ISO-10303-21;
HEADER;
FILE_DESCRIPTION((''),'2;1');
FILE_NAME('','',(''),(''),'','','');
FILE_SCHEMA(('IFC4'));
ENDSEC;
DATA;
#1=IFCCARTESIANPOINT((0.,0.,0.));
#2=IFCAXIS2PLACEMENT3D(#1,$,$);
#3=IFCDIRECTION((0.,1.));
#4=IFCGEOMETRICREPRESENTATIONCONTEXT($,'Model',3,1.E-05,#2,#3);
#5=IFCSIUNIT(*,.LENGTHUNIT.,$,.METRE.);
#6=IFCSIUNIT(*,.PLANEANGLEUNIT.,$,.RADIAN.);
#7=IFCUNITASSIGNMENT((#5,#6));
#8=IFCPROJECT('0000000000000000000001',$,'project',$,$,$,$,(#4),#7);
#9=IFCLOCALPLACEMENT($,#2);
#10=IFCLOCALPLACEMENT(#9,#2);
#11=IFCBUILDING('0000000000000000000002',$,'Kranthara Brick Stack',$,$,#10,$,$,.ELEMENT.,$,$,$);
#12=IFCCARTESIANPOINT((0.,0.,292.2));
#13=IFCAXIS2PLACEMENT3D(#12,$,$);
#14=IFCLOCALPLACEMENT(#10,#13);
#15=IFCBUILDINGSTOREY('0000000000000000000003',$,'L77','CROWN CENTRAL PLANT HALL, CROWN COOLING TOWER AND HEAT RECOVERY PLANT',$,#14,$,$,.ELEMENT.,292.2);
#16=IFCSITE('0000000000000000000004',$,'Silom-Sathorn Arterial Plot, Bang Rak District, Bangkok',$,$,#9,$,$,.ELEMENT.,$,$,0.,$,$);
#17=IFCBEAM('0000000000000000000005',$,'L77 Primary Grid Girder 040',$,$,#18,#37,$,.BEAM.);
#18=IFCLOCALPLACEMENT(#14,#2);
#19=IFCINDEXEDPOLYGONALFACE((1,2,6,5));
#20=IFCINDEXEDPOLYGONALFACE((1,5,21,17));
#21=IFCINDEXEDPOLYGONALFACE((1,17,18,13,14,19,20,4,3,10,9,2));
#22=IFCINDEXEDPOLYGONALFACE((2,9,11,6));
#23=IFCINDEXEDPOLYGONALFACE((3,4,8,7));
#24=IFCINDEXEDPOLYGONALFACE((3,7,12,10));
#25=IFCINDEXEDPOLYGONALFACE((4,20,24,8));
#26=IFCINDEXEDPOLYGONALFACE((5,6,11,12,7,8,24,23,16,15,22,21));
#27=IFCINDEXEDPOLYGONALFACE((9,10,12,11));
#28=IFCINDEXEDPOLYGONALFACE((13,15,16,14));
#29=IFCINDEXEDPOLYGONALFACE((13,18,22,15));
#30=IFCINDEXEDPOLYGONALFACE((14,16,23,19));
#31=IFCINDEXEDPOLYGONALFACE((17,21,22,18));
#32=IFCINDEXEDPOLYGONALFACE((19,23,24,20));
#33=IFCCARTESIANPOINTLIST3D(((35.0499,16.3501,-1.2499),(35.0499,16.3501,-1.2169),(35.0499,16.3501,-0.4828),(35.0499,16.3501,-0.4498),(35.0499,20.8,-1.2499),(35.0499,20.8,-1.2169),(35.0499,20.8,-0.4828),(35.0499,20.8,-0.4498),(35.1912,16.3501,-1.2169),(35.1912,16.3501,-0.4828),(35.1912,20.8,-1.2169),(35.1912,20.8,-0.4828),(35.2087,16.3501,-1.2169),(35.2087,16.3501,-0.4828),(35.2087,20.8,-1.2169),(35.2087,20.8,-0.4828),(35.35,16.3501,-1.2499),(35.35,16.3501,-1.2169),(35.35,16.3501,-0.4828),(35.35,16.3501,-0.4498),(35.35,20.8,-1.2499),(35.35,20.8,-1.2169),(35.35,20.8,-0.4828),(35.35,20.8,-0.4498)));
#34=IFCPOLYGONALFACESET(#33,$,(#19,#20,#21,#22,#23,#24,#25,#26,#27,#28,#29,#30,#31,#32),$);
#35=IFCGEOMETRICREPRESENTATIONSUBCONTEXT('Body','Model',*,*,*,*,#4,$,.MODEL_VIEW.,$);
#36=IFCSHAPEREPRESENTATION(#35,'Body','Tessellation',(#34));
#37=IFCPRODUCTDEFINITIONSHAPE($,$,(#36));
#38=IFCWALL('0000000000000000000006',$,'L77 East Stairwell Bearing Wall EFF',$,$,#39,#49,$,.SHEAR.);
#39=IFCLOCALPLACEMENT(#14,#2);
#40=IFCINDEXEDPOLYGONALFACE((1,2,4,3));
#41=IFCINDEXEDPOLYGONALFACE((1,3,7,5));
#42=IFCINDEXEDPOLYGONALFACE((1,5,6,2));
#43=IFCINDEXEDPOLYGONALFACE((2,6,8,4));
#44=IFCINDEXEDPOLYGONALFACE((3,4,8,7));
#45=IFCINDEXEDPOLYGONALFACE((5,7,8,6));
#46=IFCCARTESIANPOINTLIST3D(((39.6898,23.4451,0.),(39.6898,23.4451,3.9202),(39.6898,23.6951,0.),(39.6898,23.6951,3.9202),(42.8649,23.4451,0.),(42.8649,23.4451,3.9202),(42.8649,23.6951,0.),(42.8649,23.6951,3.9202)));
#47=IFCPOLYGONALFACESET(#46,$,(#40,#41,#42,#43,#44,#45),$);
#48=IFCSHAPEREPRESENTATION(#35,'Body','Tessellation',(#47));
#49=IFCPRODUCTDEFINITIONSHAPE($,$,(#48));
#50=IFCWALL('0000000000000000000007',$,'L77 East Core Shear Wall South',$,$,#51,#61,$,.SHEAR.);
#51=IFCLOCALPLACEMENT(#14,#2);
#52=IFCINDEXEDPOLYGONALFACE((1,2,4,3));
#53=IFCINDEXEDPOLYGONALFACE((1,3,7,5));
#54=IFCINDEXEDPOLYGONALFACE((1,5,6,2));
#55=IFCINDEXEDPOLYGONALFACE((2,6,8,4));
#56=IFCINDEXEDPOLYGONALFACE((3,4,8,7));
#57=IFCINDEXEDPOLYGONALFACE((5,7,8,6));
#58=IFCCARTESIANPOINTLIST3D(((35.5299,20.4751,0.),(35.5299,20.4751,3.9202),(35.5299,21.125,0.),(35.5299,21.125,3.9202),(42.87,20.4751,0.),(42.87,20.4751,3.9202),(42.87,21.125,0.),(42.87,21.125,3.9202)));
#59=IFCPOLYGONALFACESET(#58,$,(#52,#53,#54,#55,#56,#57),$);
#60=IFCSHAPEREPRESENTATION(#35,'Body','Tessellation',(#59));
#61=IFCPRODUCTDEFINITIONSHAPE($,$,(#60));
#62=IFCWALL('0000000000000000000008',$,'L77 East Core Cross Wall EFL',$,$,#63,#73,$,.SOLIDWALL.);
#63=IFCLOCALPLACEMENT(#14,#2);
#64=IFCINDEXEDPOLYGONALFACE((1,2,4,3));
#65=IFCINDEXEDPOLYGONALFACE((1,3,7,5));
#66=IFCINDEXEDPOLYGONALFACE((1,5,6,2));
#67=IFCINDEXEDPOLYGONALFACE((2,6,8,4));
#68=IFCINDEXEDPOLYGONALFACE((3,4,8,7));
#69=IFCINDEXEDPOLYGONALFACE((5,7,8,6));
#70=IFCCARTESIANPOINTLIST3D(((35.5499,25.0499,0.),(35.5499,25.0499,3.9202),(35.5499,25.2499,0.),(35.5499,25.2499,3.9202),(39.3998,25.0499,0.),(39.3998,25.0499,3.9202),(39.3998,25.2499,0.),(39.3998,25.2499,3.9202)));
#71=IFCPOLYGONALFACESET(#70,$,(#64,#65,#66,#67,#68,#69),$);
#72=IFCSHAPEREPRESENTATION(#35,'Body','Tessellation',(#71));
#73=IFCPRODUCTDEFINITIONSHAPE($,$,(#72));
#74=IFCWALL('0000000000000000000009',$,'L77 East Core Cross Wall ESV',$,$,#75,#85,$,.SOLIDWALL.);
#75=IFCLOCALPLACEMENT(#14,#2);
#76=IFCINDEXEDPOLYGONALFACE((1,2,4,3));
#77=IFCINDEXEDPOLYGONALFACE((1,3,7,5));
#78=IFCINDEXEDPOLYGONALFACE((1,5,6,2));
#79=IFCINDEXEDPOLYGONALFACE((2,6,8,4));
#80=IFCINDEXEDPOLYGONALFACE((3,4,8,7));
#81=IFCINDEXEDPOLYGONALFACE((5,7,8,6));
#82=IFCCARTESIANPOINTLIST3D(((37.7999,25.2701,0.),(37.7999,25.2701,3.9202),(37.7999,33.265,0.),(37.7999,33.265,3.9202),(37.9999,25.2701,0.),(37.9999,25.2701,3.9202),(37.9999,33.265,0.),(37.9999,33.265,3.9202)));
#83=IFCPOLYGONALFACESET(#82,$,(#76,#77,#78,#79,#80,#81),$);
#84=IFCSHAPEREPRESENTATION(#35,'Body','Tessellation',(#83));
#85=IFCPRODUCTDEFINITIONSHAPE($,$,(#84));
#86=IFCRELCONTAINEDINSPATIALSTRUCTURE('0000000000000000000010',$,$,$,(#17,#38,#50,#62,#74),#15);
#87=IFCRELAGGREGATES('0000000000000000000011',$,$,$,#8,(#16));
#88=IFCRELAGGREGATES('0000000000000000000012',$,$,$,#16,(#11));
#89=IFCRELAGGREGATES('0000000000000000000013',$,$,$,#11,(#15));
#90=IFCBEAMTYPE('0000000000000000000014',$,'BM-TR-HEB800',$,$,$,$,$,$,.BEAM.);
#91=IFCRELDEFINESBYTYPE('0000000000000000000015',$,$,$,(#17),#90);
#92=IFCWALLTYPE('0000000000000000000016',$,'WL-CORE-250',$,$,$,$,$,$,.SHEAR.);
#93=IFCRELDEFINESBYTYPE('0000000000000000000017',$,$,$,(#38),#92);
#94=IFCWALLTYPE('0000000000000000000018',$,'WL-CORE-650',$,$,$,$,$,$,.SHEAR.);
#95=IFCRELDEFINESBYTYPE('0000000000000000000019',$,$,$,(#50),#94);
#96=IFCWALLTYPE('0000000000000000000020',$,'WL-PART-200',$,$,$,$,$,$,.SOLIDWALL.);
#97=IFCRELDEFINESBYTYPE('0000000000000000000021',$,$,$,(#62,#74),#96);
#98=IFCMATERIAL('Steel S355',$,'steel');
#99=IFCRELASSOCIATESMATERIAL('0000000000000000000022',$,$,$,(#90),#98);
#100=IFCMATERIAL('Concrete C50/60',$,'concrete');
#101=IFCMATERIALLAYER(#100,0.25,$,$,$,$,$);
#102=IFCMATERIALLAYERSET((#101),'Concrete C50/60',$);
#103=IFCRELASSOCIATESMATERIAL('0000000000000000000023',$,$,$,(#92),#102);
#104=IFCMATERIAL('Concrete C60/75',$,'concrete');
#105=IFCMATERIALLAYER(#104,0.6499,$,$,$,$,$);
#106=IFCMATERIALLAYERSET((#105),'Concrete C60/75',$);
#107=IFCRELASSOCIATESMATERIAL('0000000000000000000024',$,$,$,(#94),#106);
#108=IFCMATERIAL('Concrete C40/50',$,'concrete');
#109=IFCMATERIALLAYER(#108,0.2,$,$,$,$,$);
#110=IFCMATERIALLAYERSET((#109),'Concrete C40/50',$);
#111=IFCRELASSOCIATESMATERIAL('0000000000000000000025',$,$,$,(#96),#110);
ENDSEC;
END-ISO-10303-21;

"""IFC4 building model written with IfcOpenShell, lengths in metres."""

from ifc_helpers import new_model, si_unit, direction, frame, frame_2d, origin, origin_2d, place, context, subcontext, project, spatial, rectangle, i_section, extrude, material, layer, layer_set, material_profile, profile_set, type_object, element, save


model = new_model("IFC4")

# Units and contexts
model_context = context("Model", 3, precision=1e-05, world=origin(), true_north=direction((0.0, 1.0)))
body_context = subcontext(model_context, "Body", "Model", "MODEL_VIEW")
ifc_project = project(units=[si_unit("LENGTHUNIT", "METRE"), si_unit("PLANEANGLEUNIT", "RADIAN")], contexts=[model_context])

# Site, building, storey
site_placement = place(None, origin())
site = spatial("IfcSite", under=ifc_project, at=site_placement, Name="Silom-Sathorn Arterial Plot, Bang Rak District, Bangkok", CompositionType="ELEMENT", RefElevation=0.0)
building_placement = place(site_placement, origin())
building = spatial("IfcBuilding", under=site, at=building_placement, Name="Kranthara Brick Stack", CompositionType="ELEMENT")
storey_placement = place(building_placement, frame((0.0, 0.0, 292.2)))
storey = spatial("IfcBuildingStorey", under=building, at=storey_placement, Name="L77", Description="CROWN CENTRAL PLANT HALL, CROWN COOLING TOWER AND HEAT RECOVERY PLANT", CompositionType="ELEMENT", Elevation=292.2)

# Beam
ifc_material_1 = material(Name="Steel S355", Category="steel")
ifc_material_profile_1 = material_profile(ifc_material_1, i_section(OverallWidth=0.3, OverallDepth=0.8, WebThickness=0.0176, FlangeThickness=0.033, at=origin_2d()), Name="HEB 800")
ifc_profile_set_1 = profile_set([ifc_material_profile_1], Name="Steel S355")
beam_type_1 = type_object("IfcBeamType", Name="BM-TR-HEB800", PredefinedType="BEAM", material=ifc_profile_set_1)
beam_1_placement = place(storey_placement, frame((35.2, 16.3501, -0.8499), z_axis=(0.0, 1.0, 0.0), x_axis=(-1.0, 0.0, 0.0)))
element("IfcBeam", 1, at=beam_1_placement, inside=storey, type_object=beam_type_1, Name="L77 Primary Grid Girder 040", PredefinedType="BEAM", context=body_context, shape_type="SweptSolid", body=[
    extrude(i_section(OverallWidth=0.3, OverallDepth=0.8, WebThickness=0.0176, FlangeThickness=0.033, at=origin_2d()), origin(), (0.0, 0.0, 1.0), 4.45),
])

# Shared definitions
ifc_material_2 = material(Name="Concrete C50/60", Category="concrete")
ifc_layer_1 = layer(ifc_material_2, 0.25)
ifc_layer_set_1 = layer_set([ifc_layer_1], Name="Concrete C50/60")
wall_type_1 = type_object("IfcWallType", Name="WL-CORE-250", PredefinedType="SHEAR", material=ifc_layer_set_1)

# Walls
wall_1_placement = place(storey_placement, frame((39.6899, 23.5701, 0.0), z_axis=(0.0, 0.0, 1.0), x_axis=(1.0, 0.0, 0.0)))
element("IfcWall", 2, at=wall_1_placement, inside=storey, type_object=wall_type_1, Name="L77 East Stairwell Bearing Wall EFF", PredefinedType="SHEAR", context=body_context, shape_type="SweptSolid", body=[
    extrude(rectangle(XDim=3.175, YDim=0.25, at=frame_2d((1.5874, 0.0))), origin(), (0.0, 0.0, 1.0), 3.9202),
])
ifc_material_3 = material(Name="Concrete C60/75", Category="concrete")
ifc_layer_2 = layer(ifc_material_3, 0.6499)
ifc_layer_set_2 = layer_set([ifc_layer_2], Name="Concrete C60/75")
wall_type_2 = type_object("IfcWallType", Name="WL-CORE-650", PredefinedType="SHEAR", material=ifc_layer_set_2)
wall_2_placement = place(storey_placement, frame((35.53, 20.8, 0.0), z_axis=(0.0, 0.0, 1.0), x_axis=(1.0, 0.0, 0.0)))
element("IfcWall", 3, at=wall_2_placement, inside=storey, type_object=wall_type_2, Name="L77 East Core Shear Wall South", PredefinedType="SHEAR", context=body_context, shape_type="SweptSolid", body=[
    extrude(rectangle(XDim=7.3401, YDim=0.6499, at=frame_2d((3.6699, 0.0))), origin(), (0.0, 0.0, 1.0), 3.9202),
])

# Walls
ifc_material_4 = material(Name="Concrete C40/50", Category="concrete")
ifc_layer_3 = layer(ifc_material_4, 0.2)
ifc_layer_set_3 = layer_set([ifc_layer_3], Name="Concrete C40/50")
wall_type_3 = type_object("IfcWallType", Name="WL-PART-200", PredefinedType="SOLIDWALL", material=ifc_layer_set_3)
wall_3_placement = place(storey_placement, frame((35.55, 25.1499, 0.0), z_axis=(0.0, 0.0, 1.0), x_axis=(1.0, 0.0, 0.0)))
element("IfcWall", 4, at=wall_3_placement, inside=storey, type_object=wall_type_3, Name="L77 East Core Cross Wall EFL", PredefinedType="SOLIDWALL", context=body_context, shape_type="SweptSolid", body=[
    extrude(rectangle(XDim=3.8499, YDim=0.2, at=frame_2d((1.9248, 0.0))), origin(), (0.0, 0.0, 1.0), 3.9202),
])
wall_4_placement = place(storey_placement, frame((37.8999, 25.27, 0.0), z_axis=(0.0, 0.0, 1.0), x_axis=(0.0, 1.0, 0.0)))
element("IfcWall", 5, at=wall_4_placement, inside=storey, type_object=wall_type_3, Name="L77 East Core Cross Wall ESV", PredefinedType="SOLIDWALL", context=body_context, shape_type="SweptSolid", body=[
    extrude(rectangle(XDim=7.9949, YDim=0.2, at=frame_2d((3.9976, 0.0))), origin(), (0.0, 0.0, 1.0), 3.9202),
])

save(model, "model.ifc")
